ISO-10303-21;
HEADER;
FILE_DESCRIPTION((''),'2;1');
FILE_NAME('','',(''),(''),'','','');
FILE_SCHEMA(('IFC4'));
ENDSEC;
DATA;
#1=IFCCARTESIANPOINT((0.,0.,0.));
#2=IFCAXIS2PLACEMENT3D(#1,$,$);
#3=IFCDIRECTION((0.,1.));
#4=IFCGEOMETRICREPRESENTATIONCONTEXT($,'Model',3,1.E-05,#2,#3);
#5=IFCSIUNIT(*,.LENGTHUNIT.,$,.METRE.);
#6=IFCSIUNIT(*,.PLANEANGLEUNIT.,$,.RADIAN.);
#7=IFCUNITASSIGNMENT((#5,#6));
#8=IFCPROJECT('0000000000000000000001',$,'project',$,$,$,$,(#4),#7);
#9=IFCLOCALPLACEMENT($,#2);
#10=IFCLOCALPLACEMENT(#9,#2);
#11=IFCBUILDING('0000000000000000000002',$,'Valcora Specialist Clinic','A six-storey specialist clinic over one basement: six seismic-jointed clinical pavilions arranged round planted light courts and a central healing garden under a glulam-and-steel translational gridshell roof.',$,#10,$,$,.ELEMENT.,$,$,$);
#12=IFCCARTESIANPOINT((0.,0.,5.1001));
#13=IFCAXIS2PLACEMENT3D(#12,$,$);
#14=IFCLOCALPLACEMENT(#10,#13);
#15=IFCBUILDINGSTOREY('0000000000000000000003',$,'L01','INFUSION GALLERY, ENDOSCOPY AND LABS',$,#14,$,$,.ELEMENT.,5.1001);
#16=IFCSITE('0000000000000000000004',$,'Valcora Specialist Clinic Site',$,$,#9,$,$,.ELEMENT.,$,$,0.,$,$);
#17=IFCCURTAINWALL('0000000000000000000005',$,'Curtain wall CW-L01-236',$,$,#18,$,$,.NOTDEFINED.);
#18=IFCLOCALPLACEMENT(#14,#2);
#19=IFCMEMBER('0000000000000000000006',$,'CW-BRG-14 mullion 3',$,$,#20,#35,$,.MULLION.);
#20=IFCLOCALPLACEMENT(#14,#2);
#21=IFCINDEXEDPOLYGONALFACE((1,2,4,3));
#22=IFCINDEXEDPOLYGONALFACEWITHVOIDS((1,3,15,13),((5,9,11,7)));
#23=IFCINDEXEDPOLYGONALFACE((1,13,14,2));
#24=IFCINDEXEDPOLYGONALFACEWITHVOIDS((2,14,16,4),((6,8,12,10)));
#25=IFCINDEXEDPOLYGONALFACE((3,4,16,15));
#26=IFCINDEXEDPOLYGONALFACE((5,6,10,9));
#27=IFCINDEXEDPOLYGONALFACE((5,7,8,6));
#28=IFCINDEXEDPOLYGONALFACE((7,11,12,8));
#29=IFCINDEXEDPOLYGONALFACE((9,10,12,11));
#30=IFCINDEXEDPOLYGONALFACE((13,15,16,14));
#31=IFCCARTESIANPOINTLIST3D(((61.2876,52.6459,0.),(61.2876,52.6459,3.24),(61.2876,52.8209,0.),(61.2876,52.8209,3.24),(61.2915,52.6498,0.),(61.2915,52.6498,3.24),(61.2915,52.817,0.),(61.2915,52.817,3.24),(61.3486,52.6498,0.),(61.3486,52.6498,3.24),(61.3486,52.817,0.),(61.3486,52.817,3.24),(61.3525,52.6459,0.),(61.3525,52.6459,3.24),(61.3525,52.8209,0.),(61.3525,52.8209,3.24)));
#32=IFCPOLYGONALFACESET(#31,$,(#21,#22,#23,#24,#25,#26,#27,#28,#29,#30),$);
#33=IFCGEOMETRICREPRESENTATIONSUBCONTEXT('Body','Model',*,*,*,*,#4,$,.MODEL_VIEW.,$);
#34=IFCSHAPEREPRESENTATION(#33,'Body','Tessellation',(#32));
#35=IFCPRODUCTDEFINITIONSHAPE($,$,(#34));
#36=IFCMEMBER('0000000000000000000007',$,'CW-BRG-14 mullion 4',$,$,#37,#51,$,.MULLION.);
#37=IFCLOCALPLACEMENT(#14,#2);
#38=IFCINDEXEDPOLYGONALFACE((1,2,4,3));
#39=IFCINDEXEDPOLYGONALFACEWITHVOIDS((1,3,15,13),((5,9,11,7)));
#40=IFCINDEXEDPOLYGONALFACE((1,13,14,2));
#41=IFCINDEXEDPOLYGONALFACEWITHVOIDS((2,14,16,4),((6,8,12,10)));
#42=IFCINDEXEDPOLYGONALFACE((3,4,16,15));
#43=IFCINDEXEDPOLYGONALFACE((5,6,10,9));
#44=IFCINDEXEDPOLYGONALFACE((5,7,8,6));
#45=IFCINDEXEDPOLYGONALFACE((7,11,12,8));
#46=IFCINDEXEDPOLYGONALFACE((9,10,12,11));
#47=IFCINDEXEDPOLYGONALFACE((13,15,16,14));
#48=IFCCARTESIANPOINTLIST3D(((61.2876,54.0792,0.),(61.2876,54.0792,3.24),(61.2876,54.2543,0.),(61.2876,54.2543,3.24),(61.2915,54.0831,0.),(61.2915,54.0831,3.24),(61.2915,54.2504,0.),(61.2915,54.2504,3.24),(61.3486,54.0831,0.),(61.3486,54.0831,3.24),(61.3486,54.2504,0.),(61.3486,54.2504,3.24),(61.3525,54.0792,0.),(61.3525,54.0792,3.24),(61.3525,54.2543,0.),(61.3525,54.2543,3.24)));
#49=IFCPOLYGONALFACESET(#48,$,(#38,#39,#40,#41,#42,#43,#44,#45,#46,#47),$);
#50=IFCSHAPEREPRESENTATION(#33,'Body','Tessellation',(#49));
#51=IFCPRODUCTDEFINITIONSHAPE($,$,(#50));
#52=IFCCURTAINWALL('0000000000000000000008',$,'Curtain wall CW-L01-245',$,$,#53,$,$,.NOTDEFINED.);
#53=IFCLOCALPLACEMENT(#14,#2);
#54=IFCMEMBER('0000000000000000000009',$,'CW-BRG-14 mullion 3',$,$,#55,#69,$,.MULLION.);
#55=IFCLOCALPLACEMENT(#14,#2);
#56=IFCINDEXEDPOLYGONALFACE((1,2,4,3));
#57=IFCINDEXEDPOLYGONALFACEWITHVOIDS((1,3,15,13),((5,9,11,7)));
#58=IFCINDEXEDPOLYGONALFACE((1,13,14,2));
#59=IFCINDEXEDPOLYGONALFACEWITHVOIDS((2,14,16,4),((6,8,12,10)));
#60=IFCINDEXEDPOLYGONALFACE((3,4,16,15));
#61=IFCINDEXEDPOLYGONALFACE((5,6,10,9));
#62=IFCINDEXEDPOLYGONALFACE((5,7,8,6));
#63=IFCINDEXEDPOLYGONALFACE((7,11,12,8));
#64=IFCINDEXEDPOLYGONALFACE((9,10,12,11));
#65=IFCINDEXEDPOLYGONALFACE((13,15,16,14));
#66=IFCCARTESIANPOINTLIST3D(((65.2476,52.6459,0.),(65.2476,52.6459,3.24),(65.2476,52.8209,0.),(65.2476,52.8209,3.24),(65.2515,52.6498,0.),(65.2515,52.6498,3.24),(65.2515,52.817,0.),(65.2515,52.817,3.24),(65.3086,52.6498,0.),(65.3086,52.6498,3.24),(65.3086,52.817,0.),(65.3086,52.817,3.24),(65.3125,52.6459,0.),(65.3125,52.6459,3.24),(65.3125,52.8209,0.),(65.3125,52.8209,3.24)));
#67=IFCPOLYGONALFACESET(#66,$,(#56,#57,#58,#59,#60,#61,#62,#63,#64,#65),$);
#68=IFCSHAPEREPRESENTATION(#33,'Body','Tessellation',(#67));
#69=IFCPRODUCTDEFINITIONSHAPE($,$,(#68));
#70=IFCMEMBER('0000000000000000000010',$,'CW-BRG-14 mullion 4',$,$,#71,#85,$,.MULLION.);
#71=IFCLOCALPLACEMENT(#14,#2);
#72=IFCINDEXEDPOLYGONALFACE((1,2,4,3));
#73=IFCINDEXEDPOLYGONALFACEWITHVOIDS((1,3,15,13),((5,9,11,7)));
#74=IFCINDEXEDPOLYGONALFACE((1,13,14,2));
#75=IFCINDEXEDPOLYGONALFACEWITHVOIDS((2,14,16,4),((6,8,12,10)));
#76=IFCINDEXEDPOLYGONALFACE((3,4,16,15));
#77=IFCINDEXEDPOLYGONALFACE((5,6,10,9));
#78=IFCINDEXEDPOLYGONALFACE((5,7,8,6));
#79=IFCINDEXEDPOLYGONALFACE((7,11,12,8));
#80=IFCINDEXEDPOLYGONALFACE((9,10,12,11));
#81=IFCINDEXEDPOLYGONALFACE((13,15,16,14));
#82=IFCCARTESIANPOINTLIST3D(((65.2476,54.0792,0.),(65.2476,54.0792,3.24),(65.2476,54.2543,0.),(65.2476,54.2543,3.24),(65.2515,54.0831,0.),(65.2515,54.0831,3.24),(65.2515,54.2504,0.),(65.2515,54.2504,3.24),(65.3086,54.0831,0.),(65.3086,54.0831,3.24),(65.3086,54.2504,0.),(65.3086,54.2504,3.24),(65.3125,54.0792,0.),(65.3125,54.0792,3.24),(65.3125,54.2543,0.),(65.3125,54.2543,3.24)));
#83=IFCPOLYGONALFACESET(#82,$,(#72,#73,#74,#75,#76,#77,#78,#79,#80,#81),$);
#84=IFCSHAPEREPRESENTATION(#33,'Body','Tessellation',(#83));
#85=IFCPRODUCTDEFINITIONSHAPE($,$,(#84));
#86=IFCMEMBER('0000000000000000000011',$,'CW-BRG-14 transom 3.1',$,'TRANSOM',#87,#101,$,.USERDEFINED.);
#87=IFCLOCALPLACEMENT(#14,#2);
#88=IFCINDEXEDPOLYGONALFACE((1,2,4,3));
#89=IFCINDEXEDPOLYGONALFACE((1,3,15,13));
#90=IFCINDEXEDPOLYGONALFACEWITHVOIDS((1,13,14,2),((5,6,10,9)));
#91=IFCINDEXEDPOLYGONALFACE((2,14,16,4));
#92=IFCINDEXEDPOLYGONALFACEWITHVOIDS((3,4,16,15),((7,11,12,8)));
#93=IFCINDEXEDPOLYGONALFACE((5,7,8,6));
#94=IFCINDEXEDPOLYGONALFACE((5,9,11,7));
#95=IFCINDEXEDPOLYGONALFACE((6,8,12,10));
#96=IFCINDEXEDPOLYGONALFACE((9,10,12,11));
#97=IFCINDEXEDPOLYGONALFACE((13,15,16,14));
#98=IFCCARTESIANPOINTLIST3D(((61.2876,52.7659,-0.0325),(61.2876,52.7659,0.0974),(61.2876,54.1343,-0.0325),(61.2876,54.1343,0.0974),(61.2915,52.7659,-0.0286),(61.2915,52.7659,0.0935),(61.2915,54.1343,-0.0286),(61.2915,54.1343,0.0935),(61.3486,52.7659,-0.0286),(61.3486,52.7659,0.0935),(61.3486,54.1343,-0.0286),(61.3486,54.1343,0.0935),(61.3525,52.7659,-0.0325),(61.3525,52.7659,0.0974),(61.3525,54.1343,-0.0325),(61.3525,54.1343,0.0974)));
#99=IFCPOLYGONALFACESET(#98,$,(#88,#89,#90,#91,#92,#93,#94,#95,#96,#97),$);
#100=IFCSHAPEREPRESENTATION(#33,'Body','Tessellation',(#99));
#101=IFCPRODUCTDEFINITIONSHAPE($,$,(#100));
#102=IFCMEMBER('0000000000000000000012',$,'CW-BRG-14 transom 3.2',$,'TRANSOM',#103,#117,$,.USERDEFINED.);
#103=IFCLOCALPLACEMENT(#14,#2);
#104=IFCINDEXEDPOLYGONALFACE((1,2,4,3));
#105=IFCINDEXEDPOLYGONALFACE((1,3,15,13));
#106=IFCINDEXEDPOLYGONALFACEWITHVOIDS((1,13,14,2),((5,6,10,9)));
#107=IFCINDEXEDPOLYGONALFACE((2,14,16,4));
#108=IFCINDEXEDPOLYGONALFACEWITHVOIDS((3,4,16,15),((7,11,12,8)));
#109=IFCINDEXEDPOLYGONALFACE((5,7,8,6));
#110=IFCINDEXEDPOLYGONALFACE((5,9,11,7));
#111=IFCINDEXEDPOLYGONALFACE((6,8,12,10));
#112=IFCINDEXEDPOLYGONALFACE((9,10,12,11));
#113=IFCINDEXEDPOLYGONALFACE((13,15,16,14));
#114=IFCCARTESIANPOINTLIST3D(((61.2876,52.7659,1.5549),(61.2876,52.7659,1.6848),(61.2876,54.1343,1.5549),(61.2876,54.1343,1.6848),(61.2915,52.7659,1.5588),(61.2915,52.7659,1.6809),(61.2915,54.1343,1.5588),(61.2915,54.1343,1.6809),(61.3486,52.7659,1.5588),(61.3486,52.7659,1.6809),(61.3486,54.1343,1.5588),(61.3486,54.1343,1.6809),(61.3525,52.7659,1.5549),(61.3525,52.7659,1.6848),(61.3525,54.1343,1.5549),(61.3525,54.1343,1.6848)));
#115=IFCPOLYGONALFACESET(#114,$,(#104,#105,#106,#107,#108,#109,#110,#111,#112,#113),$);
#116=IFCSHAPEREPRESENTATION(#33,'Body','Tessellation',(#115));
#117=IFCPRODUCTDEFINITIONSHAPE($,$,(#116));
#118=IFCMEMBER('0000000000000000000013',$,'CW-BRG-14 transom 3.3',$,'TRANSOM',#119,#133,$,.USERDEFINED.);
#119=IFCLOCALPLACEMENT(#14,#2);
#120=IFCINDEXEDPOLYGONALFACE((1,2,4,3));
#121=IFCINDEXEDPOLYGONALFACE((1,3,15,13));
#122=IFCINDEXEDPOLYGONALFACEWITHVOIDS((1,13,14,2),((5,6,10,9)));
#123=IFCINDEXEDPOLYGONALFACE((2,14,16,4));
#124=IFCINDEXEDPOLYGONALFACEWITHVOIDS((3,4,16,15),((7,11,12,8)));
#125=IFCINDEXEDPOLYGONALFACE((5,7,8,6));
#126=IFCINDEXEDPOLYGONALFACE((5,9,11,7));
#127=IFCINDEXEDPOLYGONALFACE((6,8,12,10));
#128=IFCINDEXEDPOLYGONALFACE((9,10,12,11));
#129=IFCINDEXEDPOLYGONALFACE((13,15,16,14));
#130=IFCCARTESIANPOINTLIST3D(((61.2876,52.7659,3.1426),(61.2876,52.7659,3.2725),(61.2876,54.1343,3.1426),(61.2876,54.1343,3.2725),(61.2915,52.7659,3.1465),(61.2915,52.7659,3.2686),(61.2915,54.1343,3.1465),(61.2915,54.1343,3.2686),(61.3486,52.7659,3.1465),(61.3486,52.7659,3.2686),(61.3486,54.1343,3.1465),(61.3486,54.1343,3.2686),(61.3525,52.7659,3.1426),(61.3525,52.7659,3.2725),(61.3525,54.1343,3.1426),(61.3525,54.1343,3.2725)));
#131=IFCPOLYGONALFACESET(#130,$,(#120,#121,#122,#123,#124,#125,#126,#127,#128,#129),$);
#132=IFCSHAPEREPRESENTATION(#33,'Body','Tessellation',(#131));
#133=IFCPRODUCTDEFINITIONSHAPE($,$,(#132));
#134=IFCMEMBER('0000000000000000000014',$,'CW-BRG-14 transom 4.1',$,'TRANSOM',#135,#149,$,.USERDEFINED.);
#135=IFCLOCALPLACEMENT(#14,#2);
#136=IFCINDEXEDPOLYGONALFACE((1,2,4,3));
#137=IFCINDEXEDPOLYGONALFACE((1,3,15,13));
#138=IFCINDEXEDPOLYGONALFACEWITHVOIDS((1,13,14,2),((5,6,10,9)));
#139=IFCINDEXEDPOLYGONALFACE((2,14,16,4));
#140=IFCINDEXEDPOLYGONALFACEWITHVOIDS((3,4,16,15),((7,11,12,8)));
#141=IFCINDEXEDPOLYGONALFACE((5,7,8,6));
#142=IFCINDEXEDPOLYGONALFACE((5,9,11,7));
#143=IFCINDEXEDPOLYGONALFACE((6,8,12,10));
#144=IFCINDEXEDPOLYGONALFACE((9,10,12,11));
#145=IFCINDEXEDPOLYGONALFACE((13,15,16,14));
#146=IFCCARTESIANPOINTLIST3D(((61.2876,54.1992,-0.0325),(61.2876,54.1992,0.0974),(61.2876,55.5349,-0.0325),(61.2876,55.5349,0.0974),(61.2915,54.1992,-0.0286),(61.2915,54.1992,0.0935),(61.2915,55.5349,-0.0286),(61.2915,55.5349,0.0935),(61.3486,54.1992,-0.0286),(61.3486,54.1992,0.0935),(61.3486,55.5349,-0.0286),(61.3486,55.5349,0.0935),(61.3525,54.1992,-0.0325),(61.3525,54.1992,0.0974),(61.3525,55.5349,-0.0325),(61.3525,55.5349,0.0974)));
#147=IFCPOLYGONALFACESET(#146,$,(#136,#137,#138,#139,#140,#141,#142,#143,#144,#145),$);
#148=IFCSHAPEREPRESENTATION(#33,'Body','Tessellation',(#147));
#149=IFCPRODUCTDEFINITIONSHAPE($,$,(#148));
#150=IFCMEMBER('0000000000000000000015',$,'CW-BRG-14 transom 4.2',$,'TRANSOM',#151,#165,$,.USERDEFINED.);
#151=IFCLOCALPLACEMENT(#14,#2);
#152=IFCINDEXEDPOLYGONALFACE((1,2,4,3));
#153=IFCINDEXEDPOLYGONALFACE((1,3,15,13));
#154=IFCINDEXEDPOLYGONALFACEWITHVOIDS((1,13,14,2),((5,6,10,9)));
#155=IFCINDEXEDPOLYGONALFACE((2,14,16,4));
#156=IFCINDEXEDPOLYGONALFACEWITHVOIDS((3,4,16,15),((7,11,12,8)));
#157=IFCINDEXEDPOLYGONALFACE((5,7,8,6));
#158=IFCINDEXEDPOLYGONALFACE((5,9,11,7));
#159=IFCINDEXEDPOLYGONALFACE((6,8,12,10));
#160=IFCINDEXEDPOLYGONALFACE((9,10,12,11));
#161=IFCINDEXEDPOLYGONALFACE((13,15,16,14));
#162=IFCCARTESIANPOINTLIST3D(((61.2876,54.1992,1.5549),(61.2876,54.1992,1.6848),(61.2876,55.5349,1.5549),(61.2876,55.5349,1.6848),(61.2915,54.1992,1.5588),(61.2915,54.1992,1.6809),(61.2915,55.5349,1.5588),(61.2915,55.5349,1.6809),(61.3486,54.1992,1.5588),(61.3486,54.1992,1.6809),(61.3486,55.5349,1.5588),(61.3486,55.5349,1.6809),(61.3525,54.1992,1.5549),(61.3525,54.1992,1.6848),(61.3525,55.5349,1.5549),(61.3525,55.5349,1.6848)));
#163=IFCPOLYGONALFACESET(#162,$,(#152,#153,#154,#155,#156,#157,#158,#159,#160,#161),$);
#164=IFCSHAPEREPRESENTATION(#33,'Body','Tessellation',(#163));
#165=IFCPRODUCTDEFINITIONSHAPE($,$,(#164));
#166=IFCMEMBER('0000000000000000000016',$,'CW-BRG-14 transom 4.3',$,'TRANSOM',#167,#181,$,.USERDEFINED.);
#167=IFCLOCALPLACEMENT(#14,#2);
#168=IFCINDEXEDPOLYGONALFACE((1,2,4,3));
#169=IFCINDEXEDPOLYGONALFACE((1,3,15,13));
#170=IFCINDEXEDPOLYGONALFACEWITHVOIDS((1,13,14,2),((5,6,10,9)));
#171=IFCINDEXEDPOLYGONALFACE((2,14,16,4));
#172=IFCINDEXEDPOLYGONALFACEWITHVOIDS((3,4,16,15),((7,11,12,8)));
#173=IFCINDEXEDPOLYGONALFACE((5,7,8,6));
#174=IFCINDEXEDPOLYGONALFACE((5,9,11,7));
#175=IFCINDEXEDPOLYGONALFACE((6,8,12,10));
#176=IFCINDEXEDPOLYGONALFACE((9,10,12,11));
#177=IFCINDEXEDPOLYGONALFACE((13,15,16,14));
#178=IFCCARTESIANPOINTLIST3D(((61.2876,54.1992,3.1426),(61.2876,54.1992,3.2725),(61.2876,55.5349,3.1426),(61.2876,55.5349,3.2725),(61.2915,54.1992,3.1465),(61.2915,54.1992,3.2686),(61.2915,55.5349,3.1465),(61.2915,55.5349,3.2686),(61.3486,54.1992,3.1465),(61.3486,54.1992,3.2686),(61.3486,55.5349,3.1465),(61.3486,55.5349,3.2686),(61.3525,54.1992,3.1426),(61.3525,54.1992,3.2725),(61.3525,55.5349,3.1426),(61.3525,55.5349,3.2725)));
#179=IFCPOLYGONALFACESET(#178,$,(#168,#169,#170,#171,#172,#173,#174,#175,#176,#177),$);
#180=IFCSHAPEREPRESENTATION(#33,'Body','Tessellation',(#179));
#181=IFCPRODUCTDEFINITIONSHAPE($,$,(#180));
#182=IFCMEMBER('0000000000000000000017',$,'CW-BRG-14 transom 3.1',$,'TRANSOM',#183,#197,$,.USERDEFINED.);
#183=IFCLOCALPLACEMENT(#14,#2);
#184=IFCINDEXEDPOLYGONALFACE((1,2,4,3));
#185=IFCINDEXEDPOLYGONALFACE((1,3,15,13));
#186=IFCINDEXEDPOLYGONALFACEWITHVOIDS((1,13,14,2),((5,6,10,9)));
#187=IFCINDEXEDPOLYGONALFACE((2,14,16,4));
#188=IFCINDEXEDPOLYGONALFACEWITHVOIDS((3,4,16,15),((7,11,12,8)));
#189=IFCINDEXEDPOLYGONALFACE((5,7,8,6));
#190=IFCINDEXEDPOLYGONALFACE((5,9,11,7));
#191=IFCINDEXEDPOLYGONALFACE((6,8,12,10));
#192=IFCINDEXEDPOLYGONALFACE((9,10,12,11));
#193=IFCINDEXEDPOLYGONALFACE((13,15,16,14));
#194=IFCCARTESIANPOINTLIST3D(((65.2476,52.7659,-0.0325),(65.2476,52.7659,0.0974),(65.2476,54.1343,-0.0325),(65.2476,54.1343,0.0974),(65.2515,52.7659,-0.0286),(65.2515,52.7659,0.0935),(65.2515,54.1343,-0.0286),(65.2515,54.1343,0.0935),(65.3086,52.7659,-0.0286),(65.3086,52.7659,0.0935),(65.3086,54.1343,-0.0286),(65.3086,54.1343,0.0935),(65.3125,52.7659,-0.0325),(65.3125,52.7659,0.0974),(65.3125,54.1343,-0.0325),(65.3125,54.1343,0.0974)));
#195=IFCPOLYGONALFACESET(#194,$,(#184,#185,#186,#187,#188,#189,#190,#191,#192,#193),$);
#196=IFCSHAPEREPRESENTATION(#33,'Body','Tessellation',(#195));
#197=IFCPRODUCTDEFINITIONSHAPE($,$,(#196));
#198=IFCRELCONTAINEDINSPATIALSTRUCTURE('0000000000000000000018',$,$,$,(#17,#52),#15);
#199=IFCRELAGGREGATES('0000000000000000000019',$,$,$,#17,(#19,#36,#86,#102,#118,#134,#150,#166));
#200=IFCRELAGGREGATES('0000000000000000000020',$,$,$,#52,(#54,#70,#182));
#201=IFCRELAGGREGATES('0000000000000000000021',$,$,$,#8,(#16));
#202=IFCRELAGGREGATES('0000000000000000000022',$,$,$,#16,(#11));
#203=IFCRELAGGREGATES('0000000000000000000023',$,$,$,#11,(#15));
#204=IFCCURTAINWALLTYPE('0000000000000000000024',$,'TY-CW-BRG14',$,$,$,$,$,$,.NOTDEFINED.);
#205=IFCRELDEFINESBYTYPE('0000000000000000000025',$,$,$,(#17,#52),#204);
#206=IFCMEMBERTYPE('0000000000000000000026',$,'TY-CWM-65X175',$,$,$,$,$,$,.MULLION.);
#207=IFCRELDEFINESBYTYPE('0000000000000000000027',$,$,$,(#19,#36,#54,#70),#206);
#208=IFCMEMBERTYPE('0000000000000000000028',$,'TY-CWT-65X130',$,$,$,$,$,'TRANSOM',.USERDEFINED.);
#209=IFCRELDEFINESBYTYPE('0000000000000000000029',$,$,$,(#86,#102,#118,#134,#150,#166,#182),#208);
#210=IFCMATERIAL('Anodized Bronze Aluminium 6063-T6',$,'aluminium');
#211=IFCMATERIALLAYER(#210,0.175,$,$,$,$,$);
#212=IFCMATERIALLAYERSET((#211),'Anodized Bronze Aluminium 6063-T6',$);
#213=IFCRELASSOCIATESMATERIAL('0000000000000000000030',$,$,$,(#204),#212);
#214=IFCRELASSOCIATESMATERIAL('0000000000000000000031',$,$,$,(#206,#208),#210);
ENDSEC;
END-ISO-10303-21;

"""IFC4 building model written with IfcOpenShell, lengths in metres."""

from ifc_helpers import new_model, si_unit, direction, frame, origin, origin_2d, place, context, subcontext, project, spatial, hollow_rectangle, extrude, material, layer, layer_set, material_profile, profile_set, type_object, element, aggregate, save


model = new_model("IFC4")

# Units and contexts
model_context = context("Model", 3, precision=1e-05, world=origin(), true_north=direction((0.0, 1.0)))
body_context = subcontext(model_context, "Body", "Model", "MODEL_VIEW")
ifc_project = project(units=[si_unit("LENGTHUNIT", "METRE"), si_unit("PLANEANGLEUNIT", "RADIAN")], contexts=[model_context])

# Site, building, storey
site_placement = place(None, origin())
site = spatial("IfcSite", under=ifc_project, at=site_placement, Name="Valcora Specialist Clinic Site", CompositionType="ELEMENT", RefElevation=0.0)
building_placement = place(site_placement, origin())
building = spatial("IfcBuilding", under=site, at=building_placement, Name="Valcora Specialist Clinic", Description="A six-storey specialist clinic over one basement: six seismic-jointed clinical pavilions arranged round planted light courts and a central healing garden under a glulam-and-steel translational gridshell roof.", CompositionType="ELEMENT")
storey_placement = place(building_placement, frame((0.0, 0.0, 5.1001)))
storey = spatial("IfcBuildingStorey", under=building, at=storey_placement, Name="L01", Description="INFUSION GALLERY, ENDOSCOPY AND LABS", CompositionType="ELEMENT", Elevation=5.1001)

# Curtain walls, members
ifc_material_1 = material(Name="Anodized Bronze Aluminium 6063-T6", Category="aluminium")
ifc_layer_1 = layer(ifc_material_1, 0.175)
ifc_layer_set_1 = layer_set([ifc_layer_1], Name="Anodized Bronze Aluminium 6063-T6")
curtain_wall_type = type_object("IfcCurtainWallType", Name="TY-CW-BRG14", PredefinedType="NOTDEFINED", material=ifc_layer_set_1)
curtain_wall_1_placement = place(storey_placement, origin())
curtain_wall_1 = element("IfcCurtainWall", 1, at=curtain_wall_1_placement, inside=storey, type_object=curtain_wall_type, Name="Curtain wall CW-L01-236", PredefinedType="NOTDEFINED")
ifc_material_profile_1 = material_profile(ifc_material_1, hollow_rectangle(XDim=0.0649, YDim=0.175, WallThickness=0.0039, at=origin_2d()), Name="AL-MUL-65X175")
ifc_profile_set_1 = profile_set([ifc_material_profile_1], Name="Anodized Bronze Aluminium 6063-T6")
member_type_1 = type_object("IfcMemberType", Name="TY-CWM-65X175", PredefinedType="MULLION", material=ifc_profile_set_1)
member_1_placement = place(storey_placement, frame((61.3201, 52.7334, 0.0), z_axis=(0.0, 0.0, 1.0), x_axis=(-1.0, 0.0, 0.0)))
member_1 = element("IfcMember", 2, at=member_1_placement, type_object=member_type_1, Name="CW-BRG-14 mullion 3", PredefinedType="MULLION", context=body_context, shape_type="SweptSolid", body=[
    extrude(hollow_rectangle(XDim=0.0649, YDim=0.175, WallThickness=0.0039, at=origin_2d()), origin(), (0.0, 0.0, 1.0), 3.24),
])
member_2_placement = place(storey_placement, frame((61.3201, 54.1667, 0.0), z_axis=(0.0, 0.0, 1.0), x_axis=(-1.0, 0.0, 0.0)))
member_2 = element("IfcMember", 3, at=member_2_placement, type_object=member_type_1, Name="CW-BRG-14 mullion 4", PredefinedType="MULLION", context=body_context, shape_type="SweptSolid", body=[
    extrude(hollow_rectangle(XDim=0.0649, YDim=0.175, WallThickness=0.0039, at=origin_2d()), origin(), (0.0, 0.0, 1.0), 3.24),
])
curtain_wall_2_placement = place(storey_placement, origin())
curtain_wall_2 = element("IfcCurtainWall", 4, at=curtain_wall_2_placement, inside=storey, type_object=curtain_wall_type, Name="Curtain wall CW-L01-245", PredefinedType="NOTDEFINED")
member_3_placement = place(storey_placement, frame((65.28, 52.7334, 0.0), z_axis=(0.0, 0.0, 1.0), x_axis=(-1.0, 0.0, 0.0)))
member_3 = element("IfcMember", 5, at=member_3_placement, type_object=member_type_1, Name="CW-BRG-14 mullion 3", PredefinedType="MULLION", context=body_context, shape_type="SweptSolid", body=[
    extrude(hollow_rectangle(XDim=0.0649, YDim=0.175, WallThickness=0.0039, at=origin_2d()), origin(), (0.0, 0.0, 1.0), 3.24),
])
member_4_placement = place(storey_placement, frame((65.28, 54.1667, 0.0), z_axis=(0.0, 0.0, 1.0), x_axis=(-1.0, 0.0, 0.0)))
member_4 = element("IfcMember", 6, at=member_4_placement, type_object=member_type_1, Name="CW-BRG-14 mullion 4", PredefinedType="MULLION", context=body_context, shape_type="SweptSolid", body=[
    extrude(hollow_rectangle(XDim=0.0649, YDim=0.175, WallThickness=0.0039, at=origin_2d()), origin(), (0.0, 0.0, 1.0), 3.24),
])

# Members
ifc_material_profile_2 = material_profile(ifc_material_1, hollow_rectangle(XDim=0.0649, YDim=0.1299, WallThickness=0.0039, at=origin_2d()), Name="AL-TRN-65X130")
ifc_profile_set_2 = profile_set([ifc_material_profile_2], Name="Anodized Bronze Aluminium 6063-T6")
member_type_2 = type_object("IfcMemberType", Name="TY-CWT-65X130", ElementType="TRANSOM", PredefinedType="USERDEFINED", material=ifc_profile_set_2)
member_5_placement = place(storey_placement, frame((61.3201, 52.7659, 0.0325), z_axis=(0.0, 1.0, 0.0), x_axis=(-1.0, 0.0, 0.0)))
member_5 = element("IfcMember", 7, at=member_5_placement, type_object=member_type_2, Name="CW-BRG-14 transom 3.1", ObjectType="TRANSOM", PredefinedType="USERDEFINED", context=body_context, shape_type="SweptSolid", body=[
    extrude(hollow_rectangle(XDim=0.0649, YDim=0.1299, WallThickness=0.0039, at=origin_2d()), origin(), (0.0, 0.0, 1.0), 1.3684),
])
member_6_placement = place(storey_placement, frame((61.3201, 52.7659, 1.6199), z_axis=(0.0, 1.0, 0.0), x_axis=(-1.0, 0.0, 0.0)))
member_6 = element("IfcMember", 8, at=member_6_placement, type_object=member_type_2, Name="CW-BRG-14 transom 3.2", ObjectType="TRANSOM", PredefinedType="USERDEFINED", context=body_context, shape_type="SweptSolid", body=[
    extrude(hollow_rectangle(XDim=0.0649, YDim=0.1299, WallThickness=0.0039, at=origin_2d()), origin(), (0.0, 0.0, 1.0), 1.3684),
])
member_7_placement = place(storey_placement, frame((61.3201, 52.7659, 3.2075), z_axis=(0.0, 1.0, 0.0), x_axis=(-1.0, 0.0, 0.0)))
member_7 = element("IfcMember", 9, at=member_7_placement, type_object=member_type_2, Name="CW-BRG-14 transom 3.3", ObjectType="TRANSOM", PredefinedType="USERDEFINED", context=body_context, shape_type="SweptSolid", body=[
    extrude(hollow_rectangle(XDim=0.0649, YDim=0.1299, WallThickness=0.0039, at=origin_2d()), origin(), (0.0, 0.0, 1.0), 1.3684),
])
member_8_placement = place(storey_placement, frame((61.3201, 54.1992, 0.0325), z_axis=(0.0, 1.0, 0.0), x_axis=(-1.0, 0.0, 0.0)))
member_8 = element("IfcMember", 10, at=member_8_placement, type_object=member_type_2, Name="CW-BRG-14 transom 4.1", ObjectType="TRANSOM", PredefinedType="USERDEFINED", context=body_context, shape_type="SweptSolid", body=[
    extrude(hollow_rectangle(XDim=0.0649, YDim=0.1299, WallThickness=0.0039, at=origin_2d()), origin(), (0.0, 0.0, 1.0), 1.3357),
])
member_9_placement = place(storey_placement, frame((61.3201, 54.1992, 1.6199), z_axis=(0.0, 1.0, 0.0), x_axis=(-1.0, 0.0, 0.0)))
member_9 = element("IfcMember", 11, at=member_9_placement, type_object=member_type_2, Name="CW-BRG-14 transom 4.2", ObjectType="TRANSOM", PredefinedType="USERDEFINED", context=body_context, shape_type="SweptSolid", body=[
    extrude(hollow_rectangle(XDim=0.0649, YDim=0.1299, WallThickness=0.0039, at=origin_2d()), origin(), (0.0, 0.0, 1.0), 1.3357),
])
member_10_placement = place(storey_placement, frame((61.3201, 54.1992, 3.2075), z_axis=(0.0, 1.0, 0.0), x_axis=(-1.0, 0.0, 0.0)))
member_10 = element("IfcMember", 12, at=member_10_placement, type_object=member_type_2, Name="CW-BRG-14 transom 4.3", ObjectType="TRANSOM", PredefinedType="USERDEFINED", context=body_context, shape_type="SweptSolid", body=[
    extrude(hollow_rectangle(XDim=0.0649, YDim=0.1299, WallThickness=0.0039, at=origin_2d()), origin(), (0.0, 0.0, 1.0), 1.3357),
])
member_11_placement = place(storey_placement, frame((65.28, 52.7659, 0.0325), z_axis=(0.0, 1.0, 0.0), x_axis=(-1.0, 0.0, 0.0)))
member_11 = element("IfcMember", 13, at=member_11_placement, type_object=member_type_2, Name="CW-BRG-14 transom 3.1", ObjectType="TRANSOM", PredefinedType="USERDEFINED", context=body_context, shape_type="SweptSolid", body=[
    extrude(hollow_rectangle(XDim=0.0649, YDim=0.1299, WallThickness=0.0039, at=origin_2d()), origin(), (0.0, 0.0, 1.0), 1.3684),
])

aggregate(curtain_wall_1, [member_1, member_2, member_5, member_6, member_7, member_8, member_9, member_10])
aggregate(curtain_wall_2, [member_3, member_4, member_11])

save(model, "model.ifc")
